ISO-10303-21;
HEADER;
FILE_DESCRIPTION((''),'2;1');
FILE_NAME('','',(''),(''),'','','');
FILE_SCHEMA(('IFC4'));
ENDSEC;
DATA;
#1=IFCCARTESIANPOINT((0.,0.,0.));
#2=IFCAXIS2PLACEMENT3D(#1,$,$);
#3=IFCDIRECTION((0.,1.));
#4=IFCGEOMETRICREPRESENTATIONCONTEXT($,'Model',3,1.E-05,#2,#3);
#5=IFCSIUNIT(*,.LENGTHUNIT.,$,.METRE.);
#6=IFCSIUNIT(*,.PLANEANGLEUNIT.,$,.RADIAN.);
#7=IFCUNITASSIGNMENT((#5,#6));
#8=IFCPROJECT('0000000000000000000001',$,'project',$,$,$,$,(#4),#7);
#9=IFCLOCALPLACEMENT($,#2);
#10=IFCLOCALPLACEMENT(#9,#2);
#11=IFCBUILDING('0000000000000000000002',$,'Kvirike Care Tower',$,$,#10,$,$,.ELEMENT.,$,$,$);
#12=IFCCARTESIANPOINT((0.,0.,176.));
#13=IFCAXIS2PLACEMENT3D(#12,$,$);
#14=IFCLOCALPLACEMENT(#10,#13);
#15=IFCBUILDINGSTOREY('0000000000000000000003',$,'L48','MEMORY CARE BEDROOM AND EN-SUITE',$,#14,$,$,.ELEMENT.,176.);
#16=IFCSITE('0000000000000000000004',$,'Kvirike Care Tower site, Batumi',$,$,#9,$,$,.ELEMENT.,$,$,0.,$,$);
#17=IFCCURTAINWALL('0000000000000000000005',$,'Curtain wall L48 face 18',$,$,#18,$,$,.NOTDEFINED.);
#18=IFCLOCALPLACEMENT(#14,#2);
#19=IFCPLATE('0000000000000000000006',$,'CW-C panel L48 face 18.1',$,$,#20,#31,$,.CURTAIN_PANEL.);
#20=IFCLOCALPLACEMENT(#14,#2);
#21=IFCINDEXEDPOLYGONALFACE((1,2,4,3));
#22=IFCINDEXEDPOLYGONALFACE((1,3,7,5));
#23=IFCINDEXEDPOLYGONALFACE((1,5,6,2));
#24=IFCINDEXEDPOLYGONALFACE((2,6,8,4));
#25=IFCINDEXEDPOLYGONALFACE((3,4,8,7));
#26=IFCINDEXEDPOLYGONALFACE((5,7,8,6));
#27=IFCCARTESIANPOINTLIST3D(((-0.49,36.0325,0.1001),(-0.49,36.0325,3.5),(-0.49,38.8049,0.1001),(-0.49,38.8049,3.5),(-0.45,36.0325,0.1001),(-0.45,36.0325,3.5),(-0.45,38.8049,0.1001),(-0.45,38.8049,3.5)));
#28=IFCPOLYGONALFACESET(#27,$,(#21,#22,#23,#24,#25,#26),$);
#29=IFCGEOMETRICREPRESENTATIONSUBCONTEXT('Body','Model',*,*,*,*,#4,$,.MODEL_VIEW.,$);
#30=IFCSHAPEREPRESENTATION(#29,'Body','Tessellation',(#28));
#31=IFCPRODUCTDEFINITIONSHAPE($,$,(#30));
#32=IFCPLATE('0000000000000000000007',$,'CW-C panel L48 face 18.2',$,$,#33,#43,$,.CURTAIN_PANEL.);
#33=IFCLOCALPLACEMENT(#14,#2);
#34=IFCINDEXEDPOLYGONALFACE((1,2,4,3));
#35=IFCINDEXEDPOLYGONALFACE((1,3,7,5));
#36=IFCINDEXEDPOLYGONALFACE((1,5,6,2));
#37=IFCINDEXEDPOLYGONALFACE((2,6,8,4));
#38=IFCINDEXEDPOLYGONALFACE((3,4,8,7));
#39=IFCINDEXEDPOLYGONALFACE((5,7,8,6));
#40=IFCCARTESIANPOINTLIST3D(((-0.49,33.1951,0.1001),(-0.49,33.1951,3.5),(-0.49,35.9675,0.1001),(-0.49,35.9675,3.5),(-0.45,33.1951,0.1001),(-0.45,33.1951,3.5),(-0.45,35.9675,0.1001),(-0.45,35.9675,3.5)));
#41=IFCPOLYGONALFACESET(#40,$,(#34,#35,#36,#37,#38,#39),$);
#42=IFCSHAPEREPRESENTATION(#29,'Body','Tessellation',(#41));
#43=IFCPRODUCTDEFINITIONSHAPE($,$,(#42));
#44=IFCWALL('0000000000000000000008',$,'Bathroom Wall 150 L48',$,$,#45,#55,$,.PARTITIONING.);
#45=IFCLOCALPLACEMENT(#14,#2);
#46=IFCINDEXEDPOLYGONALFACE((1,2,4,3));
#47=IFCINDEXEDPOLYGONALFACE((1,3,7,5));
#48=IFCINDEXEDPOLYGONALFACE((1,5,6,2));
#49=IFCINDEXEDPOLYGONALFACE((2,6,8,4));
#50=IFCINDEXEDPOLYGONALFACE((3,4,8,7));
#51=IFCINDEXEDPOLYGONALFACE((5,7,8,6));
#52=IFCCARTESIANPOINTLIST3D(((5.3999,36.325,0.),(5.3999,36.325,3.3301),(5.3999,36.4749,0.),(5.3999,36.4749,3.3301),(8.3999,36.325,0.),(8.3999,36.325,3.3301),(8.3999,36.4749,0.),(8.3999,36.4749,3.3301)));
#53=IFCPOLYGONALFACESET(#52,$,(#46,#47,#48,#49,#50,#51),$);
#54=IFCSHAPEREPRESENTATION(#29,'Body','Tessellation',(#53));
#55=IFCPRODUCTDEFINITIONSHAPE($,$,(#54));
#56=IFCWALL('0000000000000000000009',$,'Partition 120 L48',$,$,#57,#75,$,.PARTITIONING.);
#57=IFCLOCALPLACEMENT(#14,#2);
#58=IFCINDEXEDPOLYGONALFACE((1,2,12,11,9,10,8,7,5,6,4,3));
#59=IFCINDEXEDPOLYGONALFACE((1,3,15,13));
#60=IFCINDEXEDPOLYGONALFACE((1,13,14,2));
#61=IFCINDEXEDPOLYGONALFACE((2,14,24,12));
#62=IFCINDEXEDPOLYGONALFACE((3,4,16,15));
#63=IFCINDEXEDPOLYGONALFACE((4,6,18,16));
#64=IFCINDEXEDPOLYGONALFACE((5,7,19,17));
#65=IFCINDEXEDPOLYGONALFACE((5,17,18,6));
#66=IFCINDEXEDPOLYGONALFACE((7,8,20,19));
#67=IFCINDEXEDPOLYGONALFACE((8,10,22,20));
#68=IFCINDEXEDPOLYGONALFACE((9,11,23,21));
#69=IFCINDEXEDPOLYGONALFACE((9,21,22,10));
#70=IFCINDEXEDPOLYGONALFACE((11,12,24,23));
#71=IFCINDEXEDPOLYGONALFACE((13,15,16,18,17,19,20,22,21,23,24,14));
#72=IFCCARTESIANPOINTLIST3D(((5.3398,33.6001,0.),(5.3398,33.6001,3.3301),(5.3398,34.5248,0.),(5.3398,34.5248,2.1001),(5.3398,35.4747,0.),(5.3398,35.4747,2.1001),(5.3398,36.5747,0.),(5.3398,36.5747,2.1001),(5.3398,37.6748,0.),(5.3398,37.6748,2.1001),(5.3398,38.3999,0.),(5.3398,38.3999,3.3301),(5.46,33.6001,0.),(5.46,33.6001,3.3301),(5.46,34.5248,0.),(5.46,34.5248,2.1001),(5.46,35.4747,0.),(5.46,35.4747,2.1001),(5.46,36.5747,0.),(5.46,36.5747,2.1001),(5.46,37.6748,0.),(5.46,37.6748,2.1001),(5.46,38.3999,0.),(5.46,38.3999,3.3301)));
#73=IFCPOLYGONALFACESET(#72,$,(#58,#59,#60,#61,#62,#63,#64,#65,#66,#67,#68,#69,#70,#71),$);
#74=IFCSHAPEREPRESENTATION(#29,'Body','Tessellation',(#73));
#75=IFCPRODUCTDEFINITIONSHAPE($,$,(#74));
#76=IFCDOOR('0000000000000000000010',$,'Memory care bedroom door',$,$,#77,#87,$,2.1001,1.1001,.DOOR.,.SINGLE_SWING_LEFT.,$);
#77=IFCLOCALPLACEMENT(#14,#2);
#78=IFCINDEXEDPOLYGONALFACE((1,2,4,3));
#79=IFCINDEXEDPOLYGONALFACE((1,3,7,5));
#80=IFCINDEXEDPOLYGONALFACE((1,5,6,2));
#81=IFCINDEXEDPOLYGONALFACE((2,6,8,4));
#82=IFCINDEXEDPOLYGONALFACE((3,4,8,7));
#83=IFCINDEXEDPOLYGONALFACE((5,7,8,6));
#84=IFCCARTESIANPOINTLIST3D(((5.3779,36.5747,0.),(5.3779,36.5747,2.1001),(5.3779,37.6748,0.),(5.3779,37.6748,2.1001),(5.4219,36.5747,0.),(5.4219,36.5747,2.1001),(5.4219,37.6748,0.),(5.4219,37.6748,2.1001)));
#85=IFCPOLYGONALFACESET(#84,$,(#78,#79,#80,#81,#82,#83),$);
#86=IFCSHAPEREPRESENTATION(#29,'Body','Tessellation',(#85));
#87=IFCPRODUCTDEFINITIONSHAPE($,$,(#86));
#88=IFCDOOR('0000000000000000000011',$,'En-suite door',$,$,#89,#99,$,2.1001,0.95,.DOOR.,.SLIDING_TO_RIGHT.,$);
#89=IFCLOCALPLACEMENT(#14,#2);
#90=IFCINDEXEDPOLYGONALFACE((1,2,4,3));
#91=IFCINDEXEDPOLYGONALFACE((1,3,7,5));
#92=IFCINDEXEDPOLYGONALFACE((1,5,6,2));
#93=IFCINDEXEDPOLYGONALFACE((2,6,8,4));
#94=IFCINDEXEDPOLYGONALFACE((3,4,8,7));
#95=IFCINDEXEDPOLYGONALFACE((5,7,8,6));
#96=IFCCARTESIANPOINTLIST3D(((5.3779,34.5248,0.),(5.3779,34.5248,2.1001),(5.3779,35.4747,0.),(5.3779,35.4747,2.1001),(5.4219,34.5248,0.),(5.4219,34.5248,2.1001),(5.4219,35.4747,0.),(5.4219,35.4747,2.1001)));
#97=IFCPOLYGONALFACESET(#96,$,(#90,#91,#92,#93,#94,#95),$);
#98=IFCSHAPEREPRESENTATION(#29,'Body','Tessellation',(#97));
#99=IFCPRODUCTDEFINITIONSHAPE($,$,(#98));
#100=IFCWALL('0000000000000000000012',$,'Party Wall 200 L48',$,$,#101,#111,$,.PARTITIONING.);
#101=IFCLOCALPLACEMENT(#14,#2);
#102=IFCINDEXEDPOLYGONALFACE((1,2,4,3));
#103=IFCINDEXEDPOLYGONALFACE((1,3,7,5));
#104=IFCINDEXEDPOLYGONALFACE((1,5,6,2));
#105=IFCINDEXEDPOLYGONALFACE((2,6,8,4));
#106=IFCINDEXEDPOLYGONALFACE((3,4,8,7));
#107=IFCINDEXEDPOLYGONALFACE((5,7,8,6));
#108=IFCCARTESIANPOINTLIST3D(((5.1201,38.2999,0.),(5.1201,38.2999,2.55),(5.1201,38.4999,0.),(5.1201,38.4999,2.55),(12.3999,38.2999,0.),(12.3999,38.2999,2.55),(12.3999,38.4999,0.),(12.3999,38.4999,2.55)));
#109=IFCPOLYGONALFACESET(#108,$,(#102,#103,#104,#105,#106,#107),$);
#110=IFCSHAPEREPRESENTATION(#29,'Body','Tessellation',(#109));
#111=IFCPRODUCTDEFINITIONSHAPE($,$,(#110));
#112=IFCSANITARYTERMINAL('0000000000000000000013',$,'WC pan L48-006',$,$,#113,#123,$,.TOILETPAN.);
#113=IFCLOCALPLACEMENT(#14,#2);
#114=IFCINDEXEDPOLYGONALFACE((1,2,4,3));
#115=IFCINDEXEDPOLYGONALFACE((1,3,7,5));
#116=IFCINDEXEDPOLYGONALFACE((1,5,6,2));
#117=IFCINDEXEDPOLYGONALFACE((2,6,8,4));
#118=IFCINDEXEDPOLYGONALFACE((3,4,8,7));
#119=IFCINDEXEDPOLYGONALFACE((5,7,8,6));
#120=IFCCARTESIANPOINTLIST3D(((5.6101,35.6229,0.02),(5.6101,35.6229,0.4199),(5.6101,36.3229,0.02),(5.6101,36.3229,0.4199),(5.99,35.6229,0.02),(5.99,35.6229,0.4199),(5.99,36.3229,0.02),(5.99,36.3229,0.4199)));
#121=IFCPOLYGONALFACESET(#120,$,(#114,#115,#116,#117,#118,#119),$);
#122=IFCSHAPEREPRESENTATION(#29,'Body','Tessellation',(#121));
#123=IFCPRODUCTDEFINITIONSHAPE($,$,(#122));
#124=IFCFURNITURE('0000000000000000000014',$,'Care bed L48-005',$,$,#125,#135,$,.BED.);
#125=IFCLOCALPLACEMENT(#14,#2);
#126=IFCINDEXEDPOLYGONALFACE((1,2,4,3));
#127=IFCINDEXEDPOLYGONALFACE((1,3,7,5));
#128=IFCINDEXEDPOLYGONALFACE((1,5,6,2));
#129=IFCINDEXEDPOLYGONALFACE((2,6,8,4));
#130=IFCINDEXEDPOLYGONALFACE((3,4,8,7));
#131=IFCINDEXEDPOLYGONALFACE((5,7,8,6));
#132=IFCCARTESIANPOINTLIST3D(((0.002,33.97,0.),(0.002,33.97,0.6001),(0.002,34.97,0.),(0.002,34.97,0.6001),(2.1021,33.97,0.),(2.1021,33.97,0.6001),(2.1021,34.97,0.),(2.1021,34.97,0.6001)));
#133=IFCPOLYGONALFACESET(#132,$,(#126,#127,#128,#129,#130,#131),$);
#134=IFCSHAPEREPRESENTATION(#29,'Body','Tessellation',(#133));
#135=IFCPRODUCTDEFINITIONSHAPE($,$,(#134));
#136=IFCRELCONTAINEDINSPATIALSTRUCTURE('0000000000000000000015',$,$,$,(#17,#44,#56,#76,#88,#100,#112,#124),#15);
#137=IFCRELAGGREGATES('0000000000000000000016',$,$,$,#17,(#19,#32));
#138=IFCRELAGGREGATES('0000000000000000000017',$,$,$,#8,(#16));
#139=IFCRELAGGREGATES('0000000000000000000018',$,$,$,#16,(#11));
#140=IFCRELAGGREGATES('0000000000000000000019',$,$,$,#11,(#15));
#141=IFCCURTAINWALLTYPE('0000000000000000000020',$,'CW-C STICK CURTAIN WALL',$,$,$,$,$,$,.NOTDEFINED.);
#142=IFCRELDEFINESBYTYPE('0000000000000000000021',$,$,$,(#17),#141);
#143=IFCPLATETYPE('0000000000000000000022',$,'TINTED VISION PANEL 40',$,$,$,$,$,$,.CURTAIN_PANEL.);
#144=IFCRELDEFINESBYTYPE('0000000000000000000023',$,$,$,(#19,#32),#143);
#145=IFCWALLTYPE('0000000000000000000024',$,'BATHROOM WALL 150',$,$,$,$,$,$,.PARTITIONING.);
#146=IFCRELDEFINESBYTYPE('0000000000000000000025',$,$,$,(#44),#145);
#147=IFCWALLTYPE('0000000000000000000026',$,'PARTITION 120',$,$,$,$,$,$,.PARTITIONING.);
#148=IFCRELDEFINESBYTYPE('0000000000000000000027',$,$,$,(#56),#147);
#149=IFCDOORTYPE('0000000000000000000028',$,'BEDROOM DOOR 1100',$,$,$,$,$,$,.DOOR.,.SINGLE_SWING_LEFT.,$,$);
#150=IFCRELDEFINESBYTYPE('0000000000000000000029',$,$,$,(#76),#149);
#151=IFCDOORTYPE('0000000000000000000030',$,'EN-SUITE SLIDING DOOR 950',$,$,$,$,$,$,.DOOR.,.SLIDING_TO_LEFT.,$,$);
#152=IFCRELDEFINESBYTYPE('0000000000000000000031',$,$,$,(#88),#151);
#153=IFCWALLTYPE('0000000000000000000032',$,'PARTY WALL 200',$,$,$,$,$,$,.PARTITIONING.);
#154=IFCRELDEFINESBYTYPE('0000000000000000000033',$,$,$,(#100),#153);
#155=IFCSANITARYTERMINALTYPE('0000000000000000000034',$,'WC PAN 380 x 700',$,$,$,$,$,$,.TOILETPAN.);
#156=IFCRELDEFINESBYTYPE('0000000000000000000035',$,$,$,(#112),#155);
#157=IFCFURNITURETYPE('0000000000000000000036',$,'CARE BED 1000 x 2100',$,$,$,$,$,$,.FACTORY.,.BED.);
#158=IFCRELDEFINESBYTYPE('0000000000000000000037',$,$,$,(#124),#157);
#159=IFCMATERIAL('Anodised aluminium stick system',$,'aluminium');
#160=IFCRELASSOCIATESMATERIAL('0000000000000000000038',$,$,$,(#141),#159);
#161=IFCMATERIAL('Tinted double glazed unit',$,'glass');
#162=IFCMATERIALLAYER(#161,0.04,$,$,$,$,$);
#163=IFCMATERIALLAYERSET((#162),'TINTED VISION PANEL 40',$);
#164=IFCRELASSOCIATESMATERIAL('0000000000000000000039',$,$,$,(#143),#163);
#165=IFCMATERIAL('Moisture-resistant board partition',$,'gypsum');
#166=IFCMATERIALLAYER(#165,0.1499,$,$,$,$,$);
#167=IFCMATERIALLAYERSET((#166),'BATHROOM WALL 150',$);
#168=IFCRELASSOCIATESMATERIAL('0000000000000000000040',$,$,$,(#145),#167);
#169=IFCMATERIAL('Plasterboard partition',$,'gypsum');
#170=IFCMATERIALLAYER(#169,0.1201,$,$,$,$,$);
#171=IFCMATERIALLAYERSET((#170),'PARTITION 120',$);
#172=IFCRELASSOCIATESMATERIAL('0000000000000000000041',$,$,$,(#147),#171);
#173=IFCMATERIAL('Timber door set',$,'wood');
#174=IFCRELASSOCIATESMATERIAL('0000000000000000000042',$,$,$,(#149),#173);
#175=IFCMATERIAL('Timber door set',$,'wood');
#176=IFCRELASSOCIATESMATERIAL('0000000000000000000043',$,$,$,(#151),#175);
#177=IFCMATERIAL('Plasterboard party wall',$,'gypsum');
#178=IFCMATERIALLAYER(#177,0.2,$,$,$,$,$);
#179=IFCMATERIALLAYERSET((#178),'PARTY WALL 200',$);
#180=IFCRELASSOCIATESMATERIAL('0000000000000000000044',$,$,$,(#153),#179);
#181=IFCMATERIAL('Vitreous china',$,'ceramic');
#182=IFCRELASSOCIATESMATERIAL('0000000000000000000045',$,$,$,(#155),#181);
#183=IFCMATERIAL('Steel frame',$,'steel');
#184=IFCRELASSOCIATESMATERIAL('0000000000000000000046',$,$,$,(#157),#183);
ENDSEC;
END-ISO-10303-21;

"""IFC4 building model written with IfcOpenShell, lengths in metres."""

from ifc_helpers import new_model, si_unit, direction, frame, frame_2d, origin, origin_2d, place, context, subcontext, project, spatial, rectangle, extrude, material, layer, layer_set, type_object, element, fill, aggregate, save


model = new_model("IFC4")

# Units and contexts
model_context = context("Model", 3, precision=1e-05, world=origin(), true_north=direction((0.0, 1.0)))
body_context = subcontext(model_context, "Body", "Model", "MODEL_VIEW")
ifc_project = project(units=[si_unit("LENGTHUNIT", "METRE"), si_unit("PLANEANGLEUNIT", "RADIAN")], contexts=[model_context])

# Site, building, storey
site_placement = place(None, origin())
site = spatial("IfcSite", under=ifc_project, at=site_placement, Name="Kvirike Care Tower site, Batumi", CompositionType="ELEMENT", RefElevation=0.0)
building_placement = place(site_placement, origin())
building = spatial("IfcBuilding", under=site, at=building_placement, Name="Kvirike Care Tower", CompositionType="ELEMENT")
storey_placement = place(building_placement, frame((0.0, 0.0, 176.0)))
storey = spatial("IfcBuildingStorey", under=building, at=storey_placement, Name="L48", Description="MEMORY CARE BEDROOM AND EN-SUITE", CompositionType="ELEMENT", Elevation=176.0)

# Curtain wall
ifc_material_1 = material(Name="Anodised aluminium stick system", Category="aluminium")
curtain_wall_type = type_object("IfcCurtainWallType", Name="CW-C STICK CURTAIN WALL", PredefinedType="NOTDEFINED", material=ifc_material_1)
curtain_wall_1_placement = place(storey_placement, origin())
curtain_wall_1 = element("IfcCurtainWall", 1, at=curtain_wall_1_placement, inside=storey, type_object=curtain_wall_type, Name="Curtain wall L48 face 18", PredefinedType="NOTDEFINED")

# Plates
ifc_material_2 = material(Name="Tinted double glazed unit", Category="glass")
ifc_layer_1 = layer(ifc_material_2, 0.04)
ifc_layer_set_1 = layer_set([ifc_layer_1], Name="TINTED VISION PANEL 40")
plate_type = type_object("IfcPlateType", Name="TINTED VISION PANEL 40", PredefinedType="CURTAIN_PANEL", material=ifc_layer_set_1)
plate_1_placement = place(storey_placement, frame((-0.47, 37.4187, 0.1001), z_axis=(0.0, 0.0, 1.0), x_axis=(0.0, -1.0, 0.0)))
plate_1 = element("IfcPlate", 2, at=plate_1_placement, type_object=plate_type, Name="CW-C panel L48 face 18.1", PredefinedType="CURTAIN_PANEL", context=body_context, shape_type="SweptSolid", body=[
    extrude(rectangle(XDim=2.7725, YDim=0.04, at=origin_2d()), origin(), (0.0, 0.0, 1.0), 3.3999),
])
plate_2_placement = place(storey_placement, frame((-0.47, 34.5813, 0.1001), z_axis=(0.0, 0.0, 1.0), x_axis=(0.0, -1.0, 0.0)))
plate_2 = element("IfcPlate", 3, at=plate_2_placement, type_object=plate_type, Name="CW-C panel L48 face 18.2", PredefinedType="CURTAIN_PANEL", context=body_context, shape_type="SweptSolid", body=[
    extrude(rectangle(XDim=2.7725, YDim=0.04, at=origin_2d()), origin(), (0.0, 0.0, 1.0), 3.3999),
])
aggregate(curtain_wall_1, [plate_1, plate_2])

# Wall
ifc_material_3 = material(Name="Moisture-resistant board partition", Category="gypsum")
ifc_layer_2 = layer(ifc_material_3, 0.1499)
ifc_layer_set_2 = layer_set([ifc_layer_2], Name="BATHROOM WALL 150")
wall_type_1 = type_object("IfcWallType", Name="BATHROOM WALL 150", PredefinedType="PARTITIONING", material=ifc_layer_set_2)
wall_1_placement = place(storey_placement, frame((5.3999, 36.3999, 0.0), z_axis=(0.0, 0.0, 1.0), x_axis=(1.0, 0.0, 0.0)))
element("IfcWall", 4, at=wall_1_placement, inside=storey, type_object=wall_type_1, Name="Bathroom Wall 150 L48", PredefinedType="PARTITIONING", context=body_context, shape_type="SweptSolid", body=[
    extrude(rectangle(XDim=3.0, YDim=0.1499, at=frame_2d((1.5, 0.0))), origin(), (0.0, 0.0, 1.0), 3.3301),
])

# Wall, openings, doors
ifc_material_4 = material(Name="Plasterboard partition", Category="gypsum")
ifc_layer_3 = layer(ifc_material_4, 0.1201)
ifc_layer_set_3 = layer_set([ifc_layer_3], Name="PARTITION 120")
wall_type_2 = type_object("IfcWallType", Name="PARTITION 120", PredefinedType="PARTITIONING", material=ifc_layer_set_3)
wall_2_placement = place(storey_placement, frame((5.3999, 38.3999, 0.0), z_axis=(0.0, 0.0, 1.0), x_axis=(0.0, -1.0, 0.0)))
wall_2 = element("IfcWall", 5, at=wall_2_placement, inside=storey, type_object=wall_type_2, Name="Partition 120 L48", PredefinedType="PARTITIONING", context=body_context, shape_type="SweptSolid", body=[
    extrude(rectangle(XDim=4.7998, YDim=0.1201, at=frame_2d((2.3999, 0.0))), origin(), (0.0, 0.0, 1.0), 3.3301),
])
opening_1_placement = place(wall_2_placement, frame((0.7251, 0.0, 0.0)))
opening_1 = element("IfcOpeningElement", 6, at=opening_1_placement, cuts=wall_2, PredefinedType="OPENING", context=body_context, shape_type="SweptSolid", body=[
    extrude(rectangle(XDim=1.1001, YDim=2.1001, at=frame_2d((0.55, 1.05))), frame((0.0, 0.0706, 0.0), z_axis=(0.0, -1.0, 0.0), x_axis=(1.0, 0.0, 0.0)), (0.0, 0.0, 1.0), 0.1411),
])
opening_2_placement = place(wall_2_placement, frame((2.925, 0.0, 0.0)))
opening_2 = element("IfcOpeningElement", 7, at=opening_2_placement, cuts=wall_2, PredefinedType="OPENING", context=body_context, shape_type="SweptSolid", body=[
    extrude(rectangle(XDim=0.95, YDim=2.1001, at=frame_2d((0.4751, 1.05))), frame((0.0, 0.0706, 0.0), z_axis=(0.0, -1.0, 0.0), x_axis=(1.0, 0.0, 0.0)), (0.0, 0.0, 1.0), 0.1411),
])
ifc_material_5 = material(Name="Timber door set", Category="wood")
door_type_1 = type_object("IfcDoorType", Name="BEDROOM DOOR 1100", OperationType="SINGLE_SWING_LEFT", PredefinedType="DOOR", material=ifc_material_5)
door_1_placement = place(opening_1_placement, origin())
door_1 = element("IfcDoor", 8, at=door_1_placement, inside=storey, type_object=door_type_1, Name="Memory care bedroom door", OperationType="SINGLE_SWING_LEFT", OverallHeight=2.1001, OverallWidth=1.1001, PredefinedType="DOOR", context=body_context, shape_type="SweptSolid", body=[
    extrude(rectangle(XDim=1.1001, YDim=2.1001, at=frame_2d((0.55, 1.05))), frame((0.0, 0.022, 0.0), z_axis=(0.0, -1.0, 0.0), x_axis=(1.0, 0.0, 0.0)), (0.0, 0.0, 1.0), 0.0439),
])
fill(opening_1, door_1)
ifc_material_6 = material(Name="Timber door set", Category="wood")
door_type_2 = type_object("IfcDoorType", Name="EN-SUITE SLIDING DOOR 950", OperationType="SLIDING_TO_LEFT", PredefinedType="DOOR", material=ifc_material_6)
door_2_placement = place(opening_2_placement, origin())
door_2 = element("IfcDoor", 9, at=door_2_placement, inside=storey, type_object=door_type_2, Name="En-suite door", OperationType="SLIDING_TO_RIGHT", OverallHeight=2.1001, OverallWidth=0.95, PredefinedType="DOOR", context=body_context, shape_type="SweptSolid", body=[
    extrude(rectangle(XDim=0.95, YDim=2.1001, at=frame_2d((0.4751, 1.05))), frame((0.0, 0.022, 0.0), z_axis=(0.0, -1.0, 0.0), x_axis=(1.0, 0.0, 0.0)), (0.0, 0.0, 1.0), 0.0439),
])
fill(opening_2, door_2)

# Wall
ifc_material_7 = material(Name="Plasterboard party wall", Category="gypsum")
ifc_layer_4 = layer(ifc_material_7, 0.2)
ifc_layer_set_4 = layer_set([ifc_layer_4], Name="PARTY WALL 200")
wall_type_3 = type_object("IfcWallType", Name="PARTY WALL 200", PredefinedType="PARTITIONING", material=ifc_layer_set_4)
wall_3_placement = place(storey_placement, frame((5.1201, 38.3999, 0.0), z_axis=(0.0, 0.0, 1.0), x_axis=(1.0, 0.0, 0.0)))
element("IfcWall", 10, at=wall_3_placement, inside=storey, type_object=wall_type_3, Name="Party Wall 200 L48", PredefinedType="PARTITIONING", context=body_context, shape_type="SweptSolid", body=[
    extrude(rectangle(XDim=7.2798, YDim=0.2, at=frame_2d((3.6399, 0.0))), origin(), (0.0, 0.0, 1.0), 2.55),
])

# Sanitary terminal
ifc_material_8 = material(Name="Vitreous china", Category="ceramic")
sanitary_terminal_type = type_object("IfcSanitaryTerminalType", Name="WC PAN 380 x 700", PredefinedType="TOILETPAN", material=ifc_material_8)
sanitary_terminal_placement = place(storey_placement, frame((5.8, 35.9729, 0.02), z_axis=(0.0, 0.0, 1.0), x_axis=(1.0, 0.0, 0.0)))
element("IfcSanitaryTerminal", 11, at=sanitary_terminal_placement, inside=storey, type_object=sanitary_terminal_type, Name="WC pan L48-006", PredefinedType="TOILETPAN", context=body_context, shape_type="SweptSolid", body=[
    extrude(rectangle(XDim=0.3799, YDim=0.7, at=origin_2d()), origin(), (0.0, 0.0, 1.0), 0.3999),
])

# Furniture
ifc_material_9 = material(Name="Steel frame", Category="steel")
furniture_type = type_object("IfcFurnitureType", Name="CARE BED 1000 x 2100", AssemblyPlace="FACTORY", PredefinedType="BED", material=ifc_material_9)
furniture_placement = place(storey_placement, frame((1.052, 34.47, 0.0), z_axis=(0.0, 0.0, 1.0), x_axis=(0.0, 1.0, 0.0)))
element("IfcFurniture", 12, at=furniture_placement, inside=storey, type_object=furniture_type, Name="Care bed L48-005", PredefinedType="BED", context=body_context, shape_type="SweptSolid", body=[
    extrude(rectangle(XDim=1.0, YDim=2.1001, at=origin_2d()), origin(), (0.0, 0.0, 1.0), 0.6001),
])

save(model, "model.ifc")
